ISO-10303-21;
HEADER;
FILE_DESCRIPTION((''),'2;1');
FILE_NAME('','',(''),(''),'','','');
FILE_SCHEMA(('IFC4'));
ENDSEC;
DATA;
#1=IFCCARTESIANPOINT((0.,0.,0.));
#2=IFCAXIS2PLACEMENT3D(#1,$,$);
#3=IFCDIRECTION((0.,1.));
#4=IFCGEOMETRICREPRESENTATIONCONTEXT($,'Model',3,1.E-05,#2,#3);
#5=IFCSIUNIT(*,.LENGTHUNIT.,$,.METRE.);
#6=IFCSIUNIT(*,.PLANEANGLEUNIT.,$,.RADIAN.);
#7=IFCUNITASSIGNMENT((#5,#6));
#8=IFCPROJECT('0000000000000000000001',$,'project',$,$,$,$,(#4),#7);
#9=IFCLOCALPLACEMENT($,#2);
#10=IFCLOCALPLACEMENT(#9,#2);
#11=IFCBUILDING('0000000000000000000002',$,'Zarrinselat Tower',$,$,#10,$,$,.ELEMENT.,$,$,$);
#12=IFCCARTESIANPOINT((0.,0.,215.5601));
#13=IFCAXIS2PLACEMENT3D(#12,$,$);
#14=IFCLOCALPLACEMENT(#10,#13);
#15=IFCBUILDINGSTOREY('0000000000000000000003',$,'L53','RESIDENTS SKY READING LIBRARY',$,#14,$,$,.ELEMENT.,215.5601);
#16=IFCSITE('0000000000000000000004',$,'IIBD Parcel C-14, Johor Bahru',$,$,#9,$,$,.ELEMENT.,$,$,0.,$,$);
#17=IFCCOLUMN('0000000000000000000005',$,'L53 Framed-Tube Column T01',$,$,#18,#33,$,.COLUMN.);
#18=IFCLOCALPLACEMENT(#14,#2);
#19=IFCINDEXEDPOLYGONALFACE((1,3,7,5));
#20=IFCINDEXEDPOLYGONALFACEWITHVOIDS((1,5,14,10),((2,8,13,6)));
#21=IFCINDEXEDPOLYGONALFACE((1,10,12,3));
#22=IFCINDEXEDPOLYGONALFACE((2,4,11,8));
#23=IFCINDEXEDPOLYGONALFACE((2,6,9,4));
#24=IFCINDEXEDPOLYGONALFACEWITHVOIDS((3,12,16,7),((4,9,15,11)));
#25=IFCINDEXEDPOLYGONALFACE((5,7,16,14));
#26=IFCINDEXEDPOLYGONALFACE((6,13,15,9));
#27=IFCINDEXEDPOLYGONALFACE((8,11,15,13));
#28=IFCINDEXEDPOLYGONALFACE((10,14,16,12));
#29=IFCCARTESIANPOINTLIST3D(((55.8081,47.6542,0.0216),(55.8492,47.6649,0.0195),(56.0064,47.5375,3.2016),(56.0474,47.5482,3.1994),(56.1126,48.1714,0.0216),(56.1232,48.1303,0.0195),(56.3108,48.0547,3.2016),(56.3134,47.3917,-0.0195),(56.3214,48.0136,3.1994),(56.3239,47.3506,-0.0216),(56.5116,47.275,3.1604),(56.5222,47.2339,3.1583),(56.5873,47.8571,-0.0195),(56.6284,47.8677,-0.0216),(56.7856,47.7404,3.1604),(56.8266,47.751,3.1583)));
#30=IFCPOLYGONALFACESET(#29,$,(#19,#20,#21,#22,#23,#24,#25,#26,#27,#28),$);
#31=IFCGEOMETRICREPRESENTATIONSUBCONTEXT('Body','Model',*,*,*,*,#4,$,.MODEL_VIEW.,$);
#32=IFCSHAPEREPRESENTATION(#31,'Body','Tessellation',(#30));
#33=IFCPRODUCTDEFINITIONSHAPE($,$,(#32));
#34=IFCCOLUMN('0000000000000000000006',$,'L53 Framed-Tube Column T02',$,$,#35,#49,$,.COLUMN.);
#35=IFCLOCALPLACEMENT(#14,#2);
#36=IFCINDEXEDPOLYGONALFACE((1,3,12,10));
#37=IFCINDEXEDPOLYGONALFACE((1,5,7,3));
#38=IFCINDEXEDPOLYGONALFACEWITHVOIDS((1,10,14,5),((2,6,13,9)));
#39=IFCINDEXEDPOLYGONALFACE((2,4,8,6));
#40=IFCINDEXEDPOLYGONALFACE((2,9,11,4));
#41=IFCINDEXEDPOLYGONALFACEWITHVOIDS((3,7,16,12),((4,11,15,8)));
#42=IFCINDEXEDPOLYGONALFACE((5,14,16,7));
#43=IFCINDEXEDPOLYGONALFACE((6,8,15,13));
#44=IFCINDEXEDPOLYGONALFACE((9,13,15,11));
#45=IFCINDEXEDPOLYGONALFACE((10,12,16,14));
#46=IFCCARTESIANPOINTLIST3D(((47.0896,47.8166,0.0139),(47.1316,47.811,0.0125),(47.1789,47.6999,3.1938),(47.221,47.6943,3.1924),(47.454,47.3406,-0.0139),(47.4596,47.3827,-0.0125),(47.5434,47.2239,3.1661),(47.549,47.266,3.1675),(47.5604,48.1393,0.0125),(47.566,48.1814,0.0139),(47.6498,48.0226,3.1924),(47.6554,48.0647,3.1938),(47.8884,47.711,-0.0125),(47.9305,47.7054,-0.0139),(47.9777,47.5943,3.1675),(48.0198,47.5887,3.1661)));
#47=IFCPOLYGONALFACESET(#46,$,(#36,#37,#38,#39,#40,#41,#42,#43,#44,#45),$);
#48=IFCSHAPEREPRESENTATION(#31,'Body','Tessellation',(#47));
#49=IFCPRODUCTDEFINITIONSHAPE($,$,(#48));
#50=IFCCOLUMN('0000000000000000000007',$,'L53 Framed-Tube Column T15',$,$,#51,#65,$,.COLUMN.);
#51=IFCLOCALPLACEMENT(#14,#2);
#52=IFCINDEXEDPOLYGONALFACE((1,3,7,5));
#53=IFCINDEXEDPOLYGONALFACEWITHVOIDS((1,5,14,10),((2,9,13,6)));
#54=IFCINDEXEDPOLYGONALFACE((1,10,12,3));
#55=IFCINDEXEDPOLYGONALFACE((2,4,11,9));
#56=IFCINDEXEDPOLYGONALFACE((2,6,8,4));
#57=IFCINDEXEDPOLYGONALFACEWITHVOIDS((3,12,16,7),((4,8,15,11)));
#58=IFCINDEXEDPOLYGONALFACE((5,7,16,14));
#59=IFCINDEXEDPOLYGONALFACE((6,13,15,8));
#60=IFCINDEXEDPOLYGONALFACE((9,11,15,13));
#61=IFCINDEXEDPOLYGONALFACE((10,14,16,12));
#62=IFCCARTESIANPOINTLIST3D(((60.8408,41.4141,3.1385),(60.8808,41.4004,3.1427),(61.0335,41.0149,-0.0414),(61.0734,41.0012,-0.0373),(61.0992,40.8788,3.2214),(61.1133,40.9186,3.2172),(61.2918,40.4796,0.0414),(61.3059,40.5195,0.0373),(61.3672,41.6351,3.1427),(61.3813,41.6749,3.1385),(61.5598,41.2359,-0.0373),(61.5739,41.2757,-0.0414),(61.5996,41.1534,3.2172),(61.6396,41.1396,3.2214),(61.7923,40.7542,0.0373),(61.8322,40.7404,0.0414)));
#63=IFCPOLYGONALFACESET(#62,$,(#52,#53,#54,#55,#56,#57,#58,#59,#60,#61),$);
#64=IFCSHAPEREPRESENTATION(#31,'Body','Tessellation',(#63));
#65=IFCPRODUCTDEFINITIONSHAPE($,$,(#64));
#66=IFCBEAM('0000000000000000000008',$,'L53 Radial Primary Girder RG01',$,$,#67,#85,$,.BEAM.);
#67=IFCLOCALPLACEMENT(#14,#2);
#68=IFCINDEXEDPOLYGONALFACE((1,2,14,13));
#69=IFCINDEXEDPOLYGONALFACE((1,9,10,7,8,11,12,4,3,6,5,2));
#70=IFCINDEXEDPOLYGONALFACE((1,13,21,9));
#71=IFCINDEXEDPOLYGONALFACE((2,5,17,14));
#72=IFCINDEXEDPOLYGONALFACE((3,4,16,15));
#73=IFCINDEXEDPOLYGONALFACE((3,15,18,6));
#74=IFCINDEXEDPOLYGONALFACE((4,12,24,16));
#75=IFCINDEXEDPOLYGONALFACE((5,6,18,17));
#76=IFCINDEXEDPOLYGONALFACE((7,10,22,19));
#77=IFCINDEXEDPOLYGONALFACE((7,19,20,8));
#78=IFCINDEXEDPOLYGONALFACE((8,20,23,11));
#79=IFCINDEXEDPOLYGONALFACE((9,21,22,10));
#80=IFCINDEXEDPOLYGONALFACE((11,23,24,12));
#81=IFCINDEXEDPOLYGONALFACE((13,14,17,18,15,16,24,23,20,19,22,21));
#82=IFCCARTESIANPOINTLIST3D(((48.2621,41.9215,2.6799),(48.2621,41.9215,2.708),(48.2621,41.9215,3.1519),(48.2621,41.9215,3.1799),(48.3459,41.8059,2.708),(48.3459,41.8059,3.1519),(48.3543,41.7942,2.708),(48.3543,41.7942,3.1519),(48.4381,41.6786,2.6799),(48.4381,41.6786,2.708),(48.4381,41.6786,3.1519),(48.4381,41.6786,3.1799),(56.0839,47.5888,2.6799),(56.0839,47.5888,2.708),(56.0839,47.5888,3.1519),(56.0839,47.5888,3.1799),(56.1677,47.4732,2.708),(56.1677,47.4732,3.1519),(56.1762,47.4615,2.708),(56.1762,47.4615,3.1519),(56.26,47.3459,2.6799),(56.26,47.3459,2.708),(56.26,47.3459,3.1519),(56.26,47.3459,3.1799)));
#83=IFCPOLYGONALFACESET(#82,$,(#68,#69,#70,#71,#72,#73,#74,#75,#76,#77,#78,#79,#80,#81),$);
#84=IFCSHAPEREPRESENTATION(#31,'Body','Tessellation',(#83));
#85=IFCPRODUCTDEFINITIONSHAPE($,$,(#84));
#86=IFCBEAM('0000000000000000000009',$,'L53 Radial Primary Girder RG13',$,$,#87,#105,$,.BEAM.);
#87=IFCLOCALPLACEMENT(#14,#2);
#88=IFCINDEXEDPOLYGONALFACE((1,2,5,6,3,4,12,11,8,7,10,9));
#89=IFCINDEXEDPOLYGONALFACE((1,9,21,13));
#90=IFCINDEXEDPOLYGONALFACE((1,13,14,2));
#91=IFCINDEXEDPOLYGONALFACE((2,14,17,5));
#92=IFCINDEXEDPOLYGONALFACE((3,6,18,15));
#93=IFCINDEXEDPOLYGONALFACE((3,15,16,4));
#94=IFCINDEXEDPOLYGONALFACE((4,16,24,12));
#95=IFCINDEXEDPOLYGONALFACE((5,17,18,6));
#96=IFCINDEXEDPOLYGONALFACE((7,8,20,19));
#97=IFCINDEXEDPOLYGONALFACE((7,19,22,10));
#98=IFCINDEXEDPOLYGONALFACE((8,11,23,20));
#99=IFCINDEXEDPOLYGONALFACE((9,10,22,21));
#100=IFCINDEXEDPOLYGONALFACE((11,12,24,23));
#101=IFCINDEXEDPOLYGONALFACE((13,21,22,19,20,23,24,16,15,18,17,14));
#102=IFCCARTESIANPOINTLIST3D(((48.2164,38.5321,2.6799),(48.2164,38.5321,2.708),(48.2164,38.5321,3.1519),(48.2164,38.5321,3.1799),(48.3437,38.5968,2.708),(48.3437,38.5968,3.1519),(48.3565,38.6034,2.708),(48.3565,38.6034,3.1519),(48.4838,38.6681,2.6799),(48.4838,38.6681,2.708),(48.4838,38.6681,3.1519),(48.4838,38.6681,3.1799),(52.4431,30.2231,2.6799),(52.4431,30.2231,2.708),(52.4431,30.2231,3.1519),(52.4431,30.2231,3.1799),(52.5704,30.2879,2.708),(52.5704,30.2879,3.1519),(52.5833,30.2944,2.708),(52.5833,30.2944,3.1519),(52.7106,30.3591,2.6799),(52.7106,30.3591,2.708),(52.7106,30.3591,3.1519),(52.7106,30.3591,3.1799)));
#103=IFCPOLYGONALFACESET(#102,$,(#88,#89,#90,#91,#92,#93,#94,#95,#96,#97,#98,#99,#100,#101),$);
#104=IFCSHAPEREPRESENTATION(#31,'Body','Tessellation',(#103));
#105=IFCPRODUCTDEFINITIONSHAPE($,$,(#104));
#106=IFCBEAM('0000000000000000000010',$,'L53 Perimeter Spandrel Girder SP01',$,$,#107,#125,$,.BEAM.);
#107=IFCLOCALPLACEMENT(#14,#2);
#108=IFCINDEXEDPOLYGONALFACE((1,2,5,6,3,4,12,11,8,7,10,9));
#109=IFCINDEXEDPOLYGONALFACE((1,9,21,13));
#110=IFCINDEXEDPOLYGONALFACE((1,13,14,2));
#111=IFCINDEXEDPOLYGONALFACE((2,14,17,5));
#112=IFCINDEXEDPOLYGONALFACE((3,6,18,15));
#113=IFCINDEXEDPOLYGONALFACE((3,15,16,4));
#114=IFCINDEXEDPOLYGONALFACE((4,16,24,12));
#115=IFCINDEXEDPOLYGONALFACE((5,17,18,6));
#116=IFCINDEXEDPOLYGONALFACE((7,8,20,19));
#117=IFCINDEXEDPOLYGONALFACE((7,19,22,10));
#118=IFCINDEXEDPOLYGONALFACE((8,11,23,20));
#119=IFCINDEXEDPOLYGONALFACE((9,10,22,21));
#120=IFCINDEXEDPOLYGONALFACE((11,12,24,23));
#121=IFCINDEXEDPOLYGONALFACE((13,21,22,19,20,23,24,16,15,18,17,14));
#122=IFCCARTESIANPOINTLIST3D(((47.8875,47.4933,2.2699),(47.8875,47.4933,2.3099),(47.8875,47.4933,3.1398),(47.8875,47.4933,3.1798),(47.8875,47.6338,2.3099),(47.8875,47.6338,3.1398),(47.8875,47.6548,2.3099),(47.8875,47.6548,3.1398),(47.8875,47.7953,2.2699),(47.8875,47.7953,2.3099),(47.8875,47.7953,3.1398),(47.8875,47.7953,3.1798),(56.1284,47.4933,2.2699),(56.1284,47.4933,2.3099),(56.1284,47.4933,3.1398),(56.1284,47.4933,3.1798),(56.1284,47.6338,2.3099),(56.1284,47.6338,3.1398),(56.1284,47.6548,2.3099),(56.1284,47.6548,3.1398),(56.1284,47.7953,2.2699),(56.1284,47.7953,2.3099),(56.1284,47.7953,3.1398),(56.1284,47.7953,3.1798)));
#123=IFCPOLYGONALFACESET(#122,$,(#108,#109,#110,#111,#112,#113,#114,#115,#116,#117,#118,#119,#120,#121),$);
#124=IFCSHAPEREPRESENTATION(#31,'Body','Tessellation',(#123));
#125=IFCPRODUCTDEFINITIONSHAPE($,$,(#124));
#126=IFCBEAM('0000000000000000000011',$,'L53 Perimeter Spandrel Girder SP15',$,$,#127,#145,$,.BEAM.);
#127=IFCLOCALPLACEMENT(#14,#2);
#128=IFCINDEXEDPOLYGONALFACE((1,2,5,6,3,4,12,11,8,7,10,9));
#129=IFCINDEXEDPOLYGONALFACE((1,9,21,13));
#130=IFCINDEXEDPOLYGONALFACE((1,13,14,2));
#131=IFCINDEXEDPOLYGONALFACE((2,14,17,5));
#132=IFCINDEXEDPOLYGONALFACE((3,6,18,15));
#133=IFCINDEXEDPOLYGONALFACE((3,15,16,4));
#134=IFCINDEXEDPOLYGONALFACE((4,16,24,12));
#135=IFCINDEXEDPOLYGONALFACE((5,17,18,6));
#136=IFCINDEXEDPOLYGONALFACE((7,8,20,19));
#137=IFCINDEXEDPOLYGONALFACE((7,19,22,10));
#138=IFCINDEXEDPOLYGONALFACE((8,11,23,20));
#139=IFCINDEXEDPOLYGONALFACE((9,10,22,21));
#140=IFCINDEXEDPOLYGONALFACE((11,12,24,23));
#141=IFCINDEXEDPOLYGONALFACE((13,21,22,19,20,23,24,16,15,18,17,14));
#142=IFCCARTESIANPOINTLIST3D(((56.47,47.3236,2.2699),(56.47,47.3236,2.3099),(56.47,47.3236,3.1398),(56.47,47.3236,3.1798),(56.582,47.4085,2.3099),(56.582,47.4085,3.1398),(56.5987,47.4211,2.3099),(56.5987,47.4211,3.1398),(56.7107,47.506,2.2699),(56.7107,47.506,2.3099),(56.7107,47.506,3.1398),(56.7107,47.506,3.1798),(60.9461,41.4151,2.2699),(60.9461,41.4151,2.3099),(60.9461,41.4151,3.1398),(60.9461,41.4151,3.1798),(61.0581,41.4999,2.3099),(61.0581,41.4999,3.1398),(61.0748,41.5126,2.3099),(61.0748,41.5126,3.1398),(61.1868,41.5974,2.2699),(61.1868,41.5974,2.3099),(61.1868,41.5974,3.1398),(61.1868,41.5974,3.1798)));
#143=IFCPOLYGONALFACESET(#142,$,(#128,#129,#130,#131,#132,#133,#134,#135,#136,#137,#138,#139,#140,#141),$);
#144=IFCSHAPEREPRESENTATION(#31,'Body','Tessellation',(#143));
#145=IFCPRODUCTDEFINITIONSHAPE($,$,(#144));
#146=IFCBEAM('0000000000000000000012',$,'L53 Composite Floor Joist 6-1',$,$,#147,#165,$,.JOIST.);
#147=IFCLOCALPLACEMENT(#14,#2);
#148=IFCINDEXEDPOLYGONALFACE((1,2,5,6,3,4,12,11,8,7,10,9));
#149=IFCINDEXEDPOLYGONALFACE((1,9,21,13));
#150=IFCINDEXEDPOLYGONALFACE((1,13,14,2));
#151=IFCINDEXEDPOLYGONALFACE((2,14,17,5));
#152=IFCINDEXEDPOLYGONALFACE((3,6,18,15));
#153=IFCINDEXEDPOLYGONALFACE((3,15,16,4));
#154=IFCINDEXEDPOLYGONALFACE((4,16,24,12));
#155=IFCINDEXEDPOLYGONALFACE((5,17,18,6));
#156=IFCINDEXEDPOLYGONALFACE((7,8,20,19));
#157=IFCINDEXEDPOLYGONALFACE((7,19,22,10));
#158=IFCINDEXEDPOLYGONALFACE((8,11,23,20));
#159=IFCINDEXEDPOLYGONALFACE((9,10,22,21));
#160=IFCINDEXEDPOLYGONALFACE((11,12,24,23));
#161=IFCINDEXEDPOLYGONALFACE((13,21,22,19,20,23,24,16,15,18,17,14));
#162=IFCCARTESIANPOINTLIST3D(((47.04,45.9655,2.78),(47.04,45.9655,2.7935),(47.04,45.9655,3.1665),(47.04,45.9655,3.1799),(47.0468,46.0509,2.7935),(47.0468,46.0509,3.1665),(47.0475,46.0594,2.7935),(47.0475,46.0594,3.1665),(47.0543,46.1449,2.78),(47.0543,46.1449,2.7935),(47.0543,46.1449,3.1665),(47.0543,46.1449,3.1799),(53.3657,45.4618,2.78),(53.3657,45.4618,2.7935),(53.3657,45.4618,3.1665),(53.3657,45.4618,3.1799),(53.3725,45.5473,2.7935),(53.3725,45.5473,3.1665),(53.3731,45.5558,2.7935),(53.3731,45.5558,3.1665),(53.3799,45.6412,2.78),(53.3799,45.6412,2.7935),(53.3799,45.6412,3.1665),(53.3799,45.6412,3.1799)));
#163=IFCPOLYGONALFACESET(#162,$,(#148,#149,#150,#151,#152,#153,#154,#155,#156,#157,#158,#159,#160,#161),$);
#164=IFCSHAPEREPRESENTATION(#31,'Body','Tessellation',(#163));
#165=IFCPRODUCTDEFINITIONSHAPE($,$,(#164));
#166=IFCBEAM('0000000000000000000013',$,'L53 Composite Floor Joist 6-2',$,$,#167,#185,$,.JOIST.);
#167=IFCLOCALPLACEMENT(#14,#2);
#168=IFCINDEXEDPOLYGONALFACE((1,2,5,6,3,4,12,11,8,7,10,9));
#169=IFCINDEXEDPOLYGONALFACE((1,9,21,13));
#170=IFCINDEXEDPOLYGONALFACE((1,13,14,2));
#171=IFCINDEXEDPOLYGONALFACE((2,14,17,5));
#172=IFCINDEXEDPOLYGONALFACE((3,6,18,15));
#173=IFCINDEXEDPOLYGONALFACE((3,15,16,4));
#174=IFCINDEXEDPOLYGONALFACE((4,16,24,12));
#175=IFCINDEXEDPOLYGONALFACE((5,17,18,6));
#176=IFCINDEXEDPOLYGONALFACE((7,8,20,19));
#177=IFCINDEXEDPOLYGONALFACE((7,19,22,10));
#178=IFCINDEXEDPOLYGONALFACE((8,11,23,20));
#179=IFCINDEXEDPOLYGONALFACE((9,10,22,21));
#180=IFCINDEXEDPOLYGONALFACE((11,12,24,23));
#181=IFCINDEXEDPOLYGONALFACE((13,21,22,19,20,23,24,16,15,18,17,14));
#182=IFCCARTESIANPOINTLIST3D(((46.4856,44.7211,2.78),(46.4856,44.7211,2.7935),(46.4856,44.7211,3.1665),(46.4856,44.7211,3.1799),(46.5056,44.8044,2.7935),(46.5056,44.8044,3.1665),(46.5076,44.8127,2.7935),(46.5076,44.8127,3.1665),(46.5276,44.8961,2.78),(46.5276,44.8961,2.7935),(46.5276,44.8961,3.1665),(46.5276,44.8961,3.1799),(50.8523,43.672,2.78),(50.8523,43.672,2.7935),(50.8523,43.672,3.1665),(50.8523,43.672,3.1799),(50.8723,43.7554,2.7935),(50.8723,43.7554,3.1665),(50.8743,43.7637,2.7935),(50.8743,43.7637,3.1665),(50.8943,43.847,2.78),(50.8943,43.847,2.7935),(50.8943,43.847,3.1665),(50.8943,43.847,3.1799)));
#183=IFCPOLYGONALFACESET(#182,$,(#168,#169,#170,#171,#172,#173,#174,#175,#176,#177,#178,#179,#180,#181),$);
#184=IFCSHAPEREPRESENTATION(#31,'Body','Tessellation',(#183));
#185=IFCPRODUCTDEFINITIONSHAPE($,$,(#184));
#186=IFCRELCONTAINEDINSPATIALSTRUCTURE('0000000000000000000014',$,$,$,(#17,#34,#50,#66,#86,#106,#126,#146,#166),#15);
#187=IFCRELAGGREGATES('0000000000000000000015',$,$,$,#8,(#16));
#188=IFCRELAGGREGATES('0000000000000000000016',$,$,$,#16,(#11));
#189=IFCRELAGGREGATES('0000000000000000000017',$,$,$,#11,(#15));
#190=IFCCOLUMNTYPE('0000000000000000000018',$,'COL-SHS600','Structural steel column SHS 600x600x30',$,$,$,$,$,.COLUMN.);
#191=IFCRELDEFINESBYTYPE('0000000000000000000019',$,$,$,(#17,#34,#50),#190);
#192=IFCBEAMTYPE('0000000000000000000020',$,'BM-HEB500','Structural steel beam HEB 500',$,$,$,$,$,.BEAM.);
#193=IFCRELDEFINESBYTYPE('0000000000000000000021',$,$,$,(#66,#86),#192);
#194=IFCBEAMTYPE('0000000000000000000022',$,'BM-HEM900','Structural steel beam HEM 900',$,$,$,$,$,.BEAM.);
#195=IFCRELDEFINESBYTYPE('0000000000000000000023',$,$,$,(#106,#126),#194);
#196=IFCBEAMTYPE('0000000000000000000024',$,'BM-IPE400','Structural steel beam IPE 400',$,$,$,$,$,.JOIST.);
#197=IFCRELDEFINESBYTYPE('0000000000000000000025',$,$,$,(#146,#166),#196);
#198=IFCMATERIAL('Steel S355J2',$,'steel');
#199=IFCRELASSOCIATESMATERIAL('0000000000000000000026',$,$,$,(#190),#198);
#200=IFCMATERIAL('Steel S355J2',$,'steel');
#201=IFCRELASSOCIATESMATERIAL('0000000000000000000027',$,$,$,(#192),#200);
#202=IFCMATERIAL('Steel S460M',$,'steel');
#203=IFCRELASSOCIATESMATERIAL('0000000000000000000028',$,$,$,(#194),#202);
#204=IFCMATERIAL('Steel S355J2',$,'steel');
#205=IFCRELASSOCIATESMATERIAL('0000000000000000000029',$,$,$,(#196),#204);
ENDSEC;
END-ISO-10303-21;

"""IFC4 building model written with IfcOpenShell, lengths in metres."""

from ifc_helpers import new_model, si_unit, direction, frame, origin, origin_2d, place, context, subcontext, project, spatial, hollow_rectangle, i_section, extrude, material, material_profile, profile_set, type_object, element, save


model = new_model("IFC4")

# Units and contexts
model_context = context("Model", 3, precision=1e-05, world=origin(), true_north=direction((0.0, 1.0)))
body_context = subcontext(model_context, "Body", "Model", "MODEL_VIEW")
ifc_project = project(units=[si_unit("LENGTHUNIT", "METRE"), si_unit("PLANEANGLEUNIT", "RADIAN")], contexts=[model_context])

# Site, building, storey
site_placement = place(None, origin())
site = spatial("IfcSite", under=ifc_project, at=site_placement, Name="IIBD Parcel C-14, Johor Bahru", CompositionType="ELEMENT", RefElevation=0.0)
building_placement = place(site_placement, origin())
building = spatial("IfcBuilding", under=site, at=building_placement, Name="Zarrinselat Tower", CompositionType="ELEMENT")
storey_placement = place(building_placement, frame((0.0, 0.0, 215.5601)))
storey = spatial("IfcBuildingStorey", under=building, at=storey_placement, Name="L53", Description="RESIDENTS SKY READING LIBRARY", CompositionType="ELEMENT", Elevation=215.5601)

# Columns
ifc_material_1 = material(Name="Steel S355J2", Category="steel")
ifc_material_profile_1 = material_profile(ifc_material_1, hollow_rectangle(XDim=0.6001, YDim=0.6001, WallThickness=0.03, at=origin_2d()), Name="SHS 600x600x30")
ifc_profile_set_1 = profile_set([ifc_material_profile_1], Name="Steel S355J2")
column_type = type_object("IfcColumnType", Name="COL-SHS600", Description="Structural steel column SHS 600x600x30", PredefinedType="COLUMN", material=ifc_profile_set_1)
column_1_placement = place(storey_placement, frame((56.2183, 47.761, 0.0), z_axis=(0.062179, -0.036603, 0.997394), x_axis=(0.507298, 0.86177, 0.0)))
element("IfcColumn", 1, at=column_1_placement, inside=storey, type_object=column_type, Name="L53 Framed-Tube Column T01", PredefinedType="COLUMN", context=body_context, shape_type="SweptSolid", body=[
    extrude(hollow_rectangle(XDim=0.6001, YDim=0.6001, WallThickness=0.03, at=origin_2d()), origin(), (0.0, 0.0, 1.0), 3.1882),
])
column_2_placement = place(storey_placement, frame((47.51, 47.761, 0.0), z_axis=(0.02807, -0.03666, 0.998934), x_axis=(0.79398, 0.607943, 0.0)))
element("IfcColumn", 2, at=column_2_placement, inside=storey, type_object=column_type, Name="L53 Framed-Tube Column T02", PredefinedType="COLUMN", context=body_context, shape_type="SweptSolid", body=[
    extrude(hollow_rectangle(XDim=0.6001, YDim=0.6001, WallThickness=0.03, at=origin_2d()), origin(), (0.0, 0.0, 1.0), 3.1833),
])
column_3_placement = place(storey_placement, frame((61.4329, 40.8777, 0.0), z_axis=(-0.059996, 0.124326, 0.990426), x_axis=(-0.900619, -0.43461, 0.0)))
element("IfcColumn", 3, at=column_3_placement, inside=storey, type_object=column_type, Name="L53 Framed-Tube Column T15", PredefinedType="COLUMN", context=body_context, shape_type="SweptSolid", body=[
    extrude(hollow_rectangle(XDim=0.6001, YDim=0.6001, WallThickness=0.03, at=origin_2d()), origin(), (0.0, 0.0, 1.0), 3.2107),
])

# Beams
ifc_material_2 = material(Name="Steel S355J2", Category="steel")
ifc_material_profile_2 = material_profile(ifc_material_2, i_section(OverallWidth=0.3, OverallDepth=0.5, WebThickness=0.0144, FlangeThickness=0.0281, at=origin_2d()), Name="HEB 500")
ifc_profile_set_2 = profile_set([ifc_material_profile_2], Name="Steel S355J2")
beam_type_1 = type_object("IfcBeamType", Name="BM-HEB500", Description="Structural steel beam HEB 500", PredefinedType="BEAM", material=ifc_profile_set_2)
beam_1_placement = place(storey_placement, frame((48.3501, 41.8, 2.9299), z_axis=(0.809785, 0.586726, 0.0), x_axis=(-0.586726, 0.809785, 0.0)))
element("IfcBeam", 4, at=beam_1_placement, inside=storey, type_object=beam_type_1, Name="L53 Radial Primary Girder RG01", PredefinedType="BEAM", context=body_context, shape_type="SweptSolid", body=[
    extrude(i_section(OverallWidth=0.3, OverallDepth=0.5, WebThickness=0.0144, FlangeThickness=0.0281, at=origin_2d()), origin(), (0.0, 0.0, 1.0), 9.6592),
])
beam_2_placement = place(storey_placement, frame((48.3501, 38.6001, 2.9299), z_axis=(0.453404, -0.891305, 0.0), x_axis=(0.891305, 0.453404, 0.0)))
element("IfcBeam", 5, at=beam_2_placement, inside=storey, type_object=beam_type_1, Name="L53 Radial Primary Girder RG13", PredefinedType="BEAM", context=body_context, shape_type="SweptSolid", body=[
    extrude(i_section(OverallWidth=0.3, OverallDepth=0.5, WebThickness=0.0144, FlangeThickness=0.0281, at=origin_2d()), origin(), (0.0, 0.0, 1.0), 9.3223),
])
ifc_material_3 = material(Name="Steel S460M", Category="steel")
ifc_material_profile_3 = material_profile(ifc_material_3, i_section(OverallWidth=0.302, OverallDepth=0.9099, WebThickness=0.021, FlangeThickness=0.04, at=origin_2d()), Name="HEM 900")
ifc_profile_set_3 = profile_set([ifc_material_profile_3], Name="Steel S460M")
beam_type_2 = type_object("IfcBeamType", Name="BM-HEM900", Description="Structural steel beam HEM 900", PredefinedType="BEAM", material=ifc_profile_set_3)
beam_3_placement = place(storey_placement, frame((47.8875, 47.6443, 2.7249), z_axis=(1.0, 0.0, 0.0), x_axis=(0.0, 1.0, 0.0)))
element("IfcBeam", 6, at=beam_3_placement, inside=storey, type_object=beam_type_2, Name="L53 Perimeter Spandrel Girder SP01", PredefinedType="BEAM", context=body_context, shape_type="SweptSolid", body=[
    extrude(i_section(OverallWidth=0.302, OverallDepth=0.9099, WebThickness=0.021, FlangeThickness=0.04, at=origin_2d()), origin(), (0.0, 0.0, 1.0), 8.241),
])
beam_4_placement = place(storey_placement, frame((56.5903, 47.4148, 2.7249), z_axis=(0.603856, -0.797094, 0.0), x_axis=(0.797094, 0.603856, 0.0)))
element("IfcBeam", 7, at=beam_4_placement, inside=storey, type_object=beam_type_2, Name="L53 Perimeter Spandrel Girder SP15", PredefinedType="BEAM", context=body_context, shape_type="SweptSolid", body=[
    extrude(i_section(OverallWidth=0.302, OverallDepth=0.9099, WebThickness=0.021, FlangeThickness=0.04, at=origin_2d()), origin(), (0.0, 0.0, 1.0), 7.4126),
])
ifc_material_4 = material(Name="Steel S355J2", Category="steel")
ifc_material_profile_4 = material_profile(ifc_material_4, i_section(OverallWidth=0.1799, OverallDepth=0.3999, WebThickness=0.0085, FlangeThickness=0.0134, at=origin_2d()), Name="IPE 400")
ifc_profile_set_4 = profile_set([ifc_material_profile_4], Name="Steel S355J2")
beam_type_3 = type_object("IfcBeamType", Name="BM-IPE400", Description="Structural steel beam IPE 400", PredefinedType="JOIST", material=ifc_profile_set_4)
beam_5_placement = place(storey_placement, frame((47.0471, 46.0552, 2.98), z_axis=(0.996845, -0.079371, 0.0), x_axis=(0.079371, 0.996845, 0.0)))
element("IfcBeam", 8, at=beam_5_placement, inside=storey, type_object=beam_type_3, Name="L53 Composite Floor Joist 6-1", PredefinedType="JOIST", context=body_context, shape_type="SweptSolid", body=[
    extrude(i_section(OverallWidth=0.1799, OverallDepth=0.3999, WebThickness=0.0085, FlangeThickness=0.0134, at=origin_2d()), origin(), (0.0, 0.0, 1.0), 6.3457),
])
beam_6_placement = place(storey_placement, frame((46.5066, 44.8086, 2.98), z_axis=(0.972333, -0.233597, 0.0), x_axis=(0.233597, 0.972333, 0.0)))
element("IfcBeam", 9, at=beam_6_placement, inside=storey, type_object=beam_type_3, Name="L53 Composite Floor Joist 6-2", PredefinedType="JOIST", context=body_context, shape_type="SweptSolid", body=[
    extrude(i_section(OverallWidth=0.1799, OverallDepth=0.3999, WebThickness=0.0085, FlangeThickness=0.0134, at=origin_2d()), origin(), (0.0, 0.0, 1.0), 4.491),
])

save(model, "model.ifc")
